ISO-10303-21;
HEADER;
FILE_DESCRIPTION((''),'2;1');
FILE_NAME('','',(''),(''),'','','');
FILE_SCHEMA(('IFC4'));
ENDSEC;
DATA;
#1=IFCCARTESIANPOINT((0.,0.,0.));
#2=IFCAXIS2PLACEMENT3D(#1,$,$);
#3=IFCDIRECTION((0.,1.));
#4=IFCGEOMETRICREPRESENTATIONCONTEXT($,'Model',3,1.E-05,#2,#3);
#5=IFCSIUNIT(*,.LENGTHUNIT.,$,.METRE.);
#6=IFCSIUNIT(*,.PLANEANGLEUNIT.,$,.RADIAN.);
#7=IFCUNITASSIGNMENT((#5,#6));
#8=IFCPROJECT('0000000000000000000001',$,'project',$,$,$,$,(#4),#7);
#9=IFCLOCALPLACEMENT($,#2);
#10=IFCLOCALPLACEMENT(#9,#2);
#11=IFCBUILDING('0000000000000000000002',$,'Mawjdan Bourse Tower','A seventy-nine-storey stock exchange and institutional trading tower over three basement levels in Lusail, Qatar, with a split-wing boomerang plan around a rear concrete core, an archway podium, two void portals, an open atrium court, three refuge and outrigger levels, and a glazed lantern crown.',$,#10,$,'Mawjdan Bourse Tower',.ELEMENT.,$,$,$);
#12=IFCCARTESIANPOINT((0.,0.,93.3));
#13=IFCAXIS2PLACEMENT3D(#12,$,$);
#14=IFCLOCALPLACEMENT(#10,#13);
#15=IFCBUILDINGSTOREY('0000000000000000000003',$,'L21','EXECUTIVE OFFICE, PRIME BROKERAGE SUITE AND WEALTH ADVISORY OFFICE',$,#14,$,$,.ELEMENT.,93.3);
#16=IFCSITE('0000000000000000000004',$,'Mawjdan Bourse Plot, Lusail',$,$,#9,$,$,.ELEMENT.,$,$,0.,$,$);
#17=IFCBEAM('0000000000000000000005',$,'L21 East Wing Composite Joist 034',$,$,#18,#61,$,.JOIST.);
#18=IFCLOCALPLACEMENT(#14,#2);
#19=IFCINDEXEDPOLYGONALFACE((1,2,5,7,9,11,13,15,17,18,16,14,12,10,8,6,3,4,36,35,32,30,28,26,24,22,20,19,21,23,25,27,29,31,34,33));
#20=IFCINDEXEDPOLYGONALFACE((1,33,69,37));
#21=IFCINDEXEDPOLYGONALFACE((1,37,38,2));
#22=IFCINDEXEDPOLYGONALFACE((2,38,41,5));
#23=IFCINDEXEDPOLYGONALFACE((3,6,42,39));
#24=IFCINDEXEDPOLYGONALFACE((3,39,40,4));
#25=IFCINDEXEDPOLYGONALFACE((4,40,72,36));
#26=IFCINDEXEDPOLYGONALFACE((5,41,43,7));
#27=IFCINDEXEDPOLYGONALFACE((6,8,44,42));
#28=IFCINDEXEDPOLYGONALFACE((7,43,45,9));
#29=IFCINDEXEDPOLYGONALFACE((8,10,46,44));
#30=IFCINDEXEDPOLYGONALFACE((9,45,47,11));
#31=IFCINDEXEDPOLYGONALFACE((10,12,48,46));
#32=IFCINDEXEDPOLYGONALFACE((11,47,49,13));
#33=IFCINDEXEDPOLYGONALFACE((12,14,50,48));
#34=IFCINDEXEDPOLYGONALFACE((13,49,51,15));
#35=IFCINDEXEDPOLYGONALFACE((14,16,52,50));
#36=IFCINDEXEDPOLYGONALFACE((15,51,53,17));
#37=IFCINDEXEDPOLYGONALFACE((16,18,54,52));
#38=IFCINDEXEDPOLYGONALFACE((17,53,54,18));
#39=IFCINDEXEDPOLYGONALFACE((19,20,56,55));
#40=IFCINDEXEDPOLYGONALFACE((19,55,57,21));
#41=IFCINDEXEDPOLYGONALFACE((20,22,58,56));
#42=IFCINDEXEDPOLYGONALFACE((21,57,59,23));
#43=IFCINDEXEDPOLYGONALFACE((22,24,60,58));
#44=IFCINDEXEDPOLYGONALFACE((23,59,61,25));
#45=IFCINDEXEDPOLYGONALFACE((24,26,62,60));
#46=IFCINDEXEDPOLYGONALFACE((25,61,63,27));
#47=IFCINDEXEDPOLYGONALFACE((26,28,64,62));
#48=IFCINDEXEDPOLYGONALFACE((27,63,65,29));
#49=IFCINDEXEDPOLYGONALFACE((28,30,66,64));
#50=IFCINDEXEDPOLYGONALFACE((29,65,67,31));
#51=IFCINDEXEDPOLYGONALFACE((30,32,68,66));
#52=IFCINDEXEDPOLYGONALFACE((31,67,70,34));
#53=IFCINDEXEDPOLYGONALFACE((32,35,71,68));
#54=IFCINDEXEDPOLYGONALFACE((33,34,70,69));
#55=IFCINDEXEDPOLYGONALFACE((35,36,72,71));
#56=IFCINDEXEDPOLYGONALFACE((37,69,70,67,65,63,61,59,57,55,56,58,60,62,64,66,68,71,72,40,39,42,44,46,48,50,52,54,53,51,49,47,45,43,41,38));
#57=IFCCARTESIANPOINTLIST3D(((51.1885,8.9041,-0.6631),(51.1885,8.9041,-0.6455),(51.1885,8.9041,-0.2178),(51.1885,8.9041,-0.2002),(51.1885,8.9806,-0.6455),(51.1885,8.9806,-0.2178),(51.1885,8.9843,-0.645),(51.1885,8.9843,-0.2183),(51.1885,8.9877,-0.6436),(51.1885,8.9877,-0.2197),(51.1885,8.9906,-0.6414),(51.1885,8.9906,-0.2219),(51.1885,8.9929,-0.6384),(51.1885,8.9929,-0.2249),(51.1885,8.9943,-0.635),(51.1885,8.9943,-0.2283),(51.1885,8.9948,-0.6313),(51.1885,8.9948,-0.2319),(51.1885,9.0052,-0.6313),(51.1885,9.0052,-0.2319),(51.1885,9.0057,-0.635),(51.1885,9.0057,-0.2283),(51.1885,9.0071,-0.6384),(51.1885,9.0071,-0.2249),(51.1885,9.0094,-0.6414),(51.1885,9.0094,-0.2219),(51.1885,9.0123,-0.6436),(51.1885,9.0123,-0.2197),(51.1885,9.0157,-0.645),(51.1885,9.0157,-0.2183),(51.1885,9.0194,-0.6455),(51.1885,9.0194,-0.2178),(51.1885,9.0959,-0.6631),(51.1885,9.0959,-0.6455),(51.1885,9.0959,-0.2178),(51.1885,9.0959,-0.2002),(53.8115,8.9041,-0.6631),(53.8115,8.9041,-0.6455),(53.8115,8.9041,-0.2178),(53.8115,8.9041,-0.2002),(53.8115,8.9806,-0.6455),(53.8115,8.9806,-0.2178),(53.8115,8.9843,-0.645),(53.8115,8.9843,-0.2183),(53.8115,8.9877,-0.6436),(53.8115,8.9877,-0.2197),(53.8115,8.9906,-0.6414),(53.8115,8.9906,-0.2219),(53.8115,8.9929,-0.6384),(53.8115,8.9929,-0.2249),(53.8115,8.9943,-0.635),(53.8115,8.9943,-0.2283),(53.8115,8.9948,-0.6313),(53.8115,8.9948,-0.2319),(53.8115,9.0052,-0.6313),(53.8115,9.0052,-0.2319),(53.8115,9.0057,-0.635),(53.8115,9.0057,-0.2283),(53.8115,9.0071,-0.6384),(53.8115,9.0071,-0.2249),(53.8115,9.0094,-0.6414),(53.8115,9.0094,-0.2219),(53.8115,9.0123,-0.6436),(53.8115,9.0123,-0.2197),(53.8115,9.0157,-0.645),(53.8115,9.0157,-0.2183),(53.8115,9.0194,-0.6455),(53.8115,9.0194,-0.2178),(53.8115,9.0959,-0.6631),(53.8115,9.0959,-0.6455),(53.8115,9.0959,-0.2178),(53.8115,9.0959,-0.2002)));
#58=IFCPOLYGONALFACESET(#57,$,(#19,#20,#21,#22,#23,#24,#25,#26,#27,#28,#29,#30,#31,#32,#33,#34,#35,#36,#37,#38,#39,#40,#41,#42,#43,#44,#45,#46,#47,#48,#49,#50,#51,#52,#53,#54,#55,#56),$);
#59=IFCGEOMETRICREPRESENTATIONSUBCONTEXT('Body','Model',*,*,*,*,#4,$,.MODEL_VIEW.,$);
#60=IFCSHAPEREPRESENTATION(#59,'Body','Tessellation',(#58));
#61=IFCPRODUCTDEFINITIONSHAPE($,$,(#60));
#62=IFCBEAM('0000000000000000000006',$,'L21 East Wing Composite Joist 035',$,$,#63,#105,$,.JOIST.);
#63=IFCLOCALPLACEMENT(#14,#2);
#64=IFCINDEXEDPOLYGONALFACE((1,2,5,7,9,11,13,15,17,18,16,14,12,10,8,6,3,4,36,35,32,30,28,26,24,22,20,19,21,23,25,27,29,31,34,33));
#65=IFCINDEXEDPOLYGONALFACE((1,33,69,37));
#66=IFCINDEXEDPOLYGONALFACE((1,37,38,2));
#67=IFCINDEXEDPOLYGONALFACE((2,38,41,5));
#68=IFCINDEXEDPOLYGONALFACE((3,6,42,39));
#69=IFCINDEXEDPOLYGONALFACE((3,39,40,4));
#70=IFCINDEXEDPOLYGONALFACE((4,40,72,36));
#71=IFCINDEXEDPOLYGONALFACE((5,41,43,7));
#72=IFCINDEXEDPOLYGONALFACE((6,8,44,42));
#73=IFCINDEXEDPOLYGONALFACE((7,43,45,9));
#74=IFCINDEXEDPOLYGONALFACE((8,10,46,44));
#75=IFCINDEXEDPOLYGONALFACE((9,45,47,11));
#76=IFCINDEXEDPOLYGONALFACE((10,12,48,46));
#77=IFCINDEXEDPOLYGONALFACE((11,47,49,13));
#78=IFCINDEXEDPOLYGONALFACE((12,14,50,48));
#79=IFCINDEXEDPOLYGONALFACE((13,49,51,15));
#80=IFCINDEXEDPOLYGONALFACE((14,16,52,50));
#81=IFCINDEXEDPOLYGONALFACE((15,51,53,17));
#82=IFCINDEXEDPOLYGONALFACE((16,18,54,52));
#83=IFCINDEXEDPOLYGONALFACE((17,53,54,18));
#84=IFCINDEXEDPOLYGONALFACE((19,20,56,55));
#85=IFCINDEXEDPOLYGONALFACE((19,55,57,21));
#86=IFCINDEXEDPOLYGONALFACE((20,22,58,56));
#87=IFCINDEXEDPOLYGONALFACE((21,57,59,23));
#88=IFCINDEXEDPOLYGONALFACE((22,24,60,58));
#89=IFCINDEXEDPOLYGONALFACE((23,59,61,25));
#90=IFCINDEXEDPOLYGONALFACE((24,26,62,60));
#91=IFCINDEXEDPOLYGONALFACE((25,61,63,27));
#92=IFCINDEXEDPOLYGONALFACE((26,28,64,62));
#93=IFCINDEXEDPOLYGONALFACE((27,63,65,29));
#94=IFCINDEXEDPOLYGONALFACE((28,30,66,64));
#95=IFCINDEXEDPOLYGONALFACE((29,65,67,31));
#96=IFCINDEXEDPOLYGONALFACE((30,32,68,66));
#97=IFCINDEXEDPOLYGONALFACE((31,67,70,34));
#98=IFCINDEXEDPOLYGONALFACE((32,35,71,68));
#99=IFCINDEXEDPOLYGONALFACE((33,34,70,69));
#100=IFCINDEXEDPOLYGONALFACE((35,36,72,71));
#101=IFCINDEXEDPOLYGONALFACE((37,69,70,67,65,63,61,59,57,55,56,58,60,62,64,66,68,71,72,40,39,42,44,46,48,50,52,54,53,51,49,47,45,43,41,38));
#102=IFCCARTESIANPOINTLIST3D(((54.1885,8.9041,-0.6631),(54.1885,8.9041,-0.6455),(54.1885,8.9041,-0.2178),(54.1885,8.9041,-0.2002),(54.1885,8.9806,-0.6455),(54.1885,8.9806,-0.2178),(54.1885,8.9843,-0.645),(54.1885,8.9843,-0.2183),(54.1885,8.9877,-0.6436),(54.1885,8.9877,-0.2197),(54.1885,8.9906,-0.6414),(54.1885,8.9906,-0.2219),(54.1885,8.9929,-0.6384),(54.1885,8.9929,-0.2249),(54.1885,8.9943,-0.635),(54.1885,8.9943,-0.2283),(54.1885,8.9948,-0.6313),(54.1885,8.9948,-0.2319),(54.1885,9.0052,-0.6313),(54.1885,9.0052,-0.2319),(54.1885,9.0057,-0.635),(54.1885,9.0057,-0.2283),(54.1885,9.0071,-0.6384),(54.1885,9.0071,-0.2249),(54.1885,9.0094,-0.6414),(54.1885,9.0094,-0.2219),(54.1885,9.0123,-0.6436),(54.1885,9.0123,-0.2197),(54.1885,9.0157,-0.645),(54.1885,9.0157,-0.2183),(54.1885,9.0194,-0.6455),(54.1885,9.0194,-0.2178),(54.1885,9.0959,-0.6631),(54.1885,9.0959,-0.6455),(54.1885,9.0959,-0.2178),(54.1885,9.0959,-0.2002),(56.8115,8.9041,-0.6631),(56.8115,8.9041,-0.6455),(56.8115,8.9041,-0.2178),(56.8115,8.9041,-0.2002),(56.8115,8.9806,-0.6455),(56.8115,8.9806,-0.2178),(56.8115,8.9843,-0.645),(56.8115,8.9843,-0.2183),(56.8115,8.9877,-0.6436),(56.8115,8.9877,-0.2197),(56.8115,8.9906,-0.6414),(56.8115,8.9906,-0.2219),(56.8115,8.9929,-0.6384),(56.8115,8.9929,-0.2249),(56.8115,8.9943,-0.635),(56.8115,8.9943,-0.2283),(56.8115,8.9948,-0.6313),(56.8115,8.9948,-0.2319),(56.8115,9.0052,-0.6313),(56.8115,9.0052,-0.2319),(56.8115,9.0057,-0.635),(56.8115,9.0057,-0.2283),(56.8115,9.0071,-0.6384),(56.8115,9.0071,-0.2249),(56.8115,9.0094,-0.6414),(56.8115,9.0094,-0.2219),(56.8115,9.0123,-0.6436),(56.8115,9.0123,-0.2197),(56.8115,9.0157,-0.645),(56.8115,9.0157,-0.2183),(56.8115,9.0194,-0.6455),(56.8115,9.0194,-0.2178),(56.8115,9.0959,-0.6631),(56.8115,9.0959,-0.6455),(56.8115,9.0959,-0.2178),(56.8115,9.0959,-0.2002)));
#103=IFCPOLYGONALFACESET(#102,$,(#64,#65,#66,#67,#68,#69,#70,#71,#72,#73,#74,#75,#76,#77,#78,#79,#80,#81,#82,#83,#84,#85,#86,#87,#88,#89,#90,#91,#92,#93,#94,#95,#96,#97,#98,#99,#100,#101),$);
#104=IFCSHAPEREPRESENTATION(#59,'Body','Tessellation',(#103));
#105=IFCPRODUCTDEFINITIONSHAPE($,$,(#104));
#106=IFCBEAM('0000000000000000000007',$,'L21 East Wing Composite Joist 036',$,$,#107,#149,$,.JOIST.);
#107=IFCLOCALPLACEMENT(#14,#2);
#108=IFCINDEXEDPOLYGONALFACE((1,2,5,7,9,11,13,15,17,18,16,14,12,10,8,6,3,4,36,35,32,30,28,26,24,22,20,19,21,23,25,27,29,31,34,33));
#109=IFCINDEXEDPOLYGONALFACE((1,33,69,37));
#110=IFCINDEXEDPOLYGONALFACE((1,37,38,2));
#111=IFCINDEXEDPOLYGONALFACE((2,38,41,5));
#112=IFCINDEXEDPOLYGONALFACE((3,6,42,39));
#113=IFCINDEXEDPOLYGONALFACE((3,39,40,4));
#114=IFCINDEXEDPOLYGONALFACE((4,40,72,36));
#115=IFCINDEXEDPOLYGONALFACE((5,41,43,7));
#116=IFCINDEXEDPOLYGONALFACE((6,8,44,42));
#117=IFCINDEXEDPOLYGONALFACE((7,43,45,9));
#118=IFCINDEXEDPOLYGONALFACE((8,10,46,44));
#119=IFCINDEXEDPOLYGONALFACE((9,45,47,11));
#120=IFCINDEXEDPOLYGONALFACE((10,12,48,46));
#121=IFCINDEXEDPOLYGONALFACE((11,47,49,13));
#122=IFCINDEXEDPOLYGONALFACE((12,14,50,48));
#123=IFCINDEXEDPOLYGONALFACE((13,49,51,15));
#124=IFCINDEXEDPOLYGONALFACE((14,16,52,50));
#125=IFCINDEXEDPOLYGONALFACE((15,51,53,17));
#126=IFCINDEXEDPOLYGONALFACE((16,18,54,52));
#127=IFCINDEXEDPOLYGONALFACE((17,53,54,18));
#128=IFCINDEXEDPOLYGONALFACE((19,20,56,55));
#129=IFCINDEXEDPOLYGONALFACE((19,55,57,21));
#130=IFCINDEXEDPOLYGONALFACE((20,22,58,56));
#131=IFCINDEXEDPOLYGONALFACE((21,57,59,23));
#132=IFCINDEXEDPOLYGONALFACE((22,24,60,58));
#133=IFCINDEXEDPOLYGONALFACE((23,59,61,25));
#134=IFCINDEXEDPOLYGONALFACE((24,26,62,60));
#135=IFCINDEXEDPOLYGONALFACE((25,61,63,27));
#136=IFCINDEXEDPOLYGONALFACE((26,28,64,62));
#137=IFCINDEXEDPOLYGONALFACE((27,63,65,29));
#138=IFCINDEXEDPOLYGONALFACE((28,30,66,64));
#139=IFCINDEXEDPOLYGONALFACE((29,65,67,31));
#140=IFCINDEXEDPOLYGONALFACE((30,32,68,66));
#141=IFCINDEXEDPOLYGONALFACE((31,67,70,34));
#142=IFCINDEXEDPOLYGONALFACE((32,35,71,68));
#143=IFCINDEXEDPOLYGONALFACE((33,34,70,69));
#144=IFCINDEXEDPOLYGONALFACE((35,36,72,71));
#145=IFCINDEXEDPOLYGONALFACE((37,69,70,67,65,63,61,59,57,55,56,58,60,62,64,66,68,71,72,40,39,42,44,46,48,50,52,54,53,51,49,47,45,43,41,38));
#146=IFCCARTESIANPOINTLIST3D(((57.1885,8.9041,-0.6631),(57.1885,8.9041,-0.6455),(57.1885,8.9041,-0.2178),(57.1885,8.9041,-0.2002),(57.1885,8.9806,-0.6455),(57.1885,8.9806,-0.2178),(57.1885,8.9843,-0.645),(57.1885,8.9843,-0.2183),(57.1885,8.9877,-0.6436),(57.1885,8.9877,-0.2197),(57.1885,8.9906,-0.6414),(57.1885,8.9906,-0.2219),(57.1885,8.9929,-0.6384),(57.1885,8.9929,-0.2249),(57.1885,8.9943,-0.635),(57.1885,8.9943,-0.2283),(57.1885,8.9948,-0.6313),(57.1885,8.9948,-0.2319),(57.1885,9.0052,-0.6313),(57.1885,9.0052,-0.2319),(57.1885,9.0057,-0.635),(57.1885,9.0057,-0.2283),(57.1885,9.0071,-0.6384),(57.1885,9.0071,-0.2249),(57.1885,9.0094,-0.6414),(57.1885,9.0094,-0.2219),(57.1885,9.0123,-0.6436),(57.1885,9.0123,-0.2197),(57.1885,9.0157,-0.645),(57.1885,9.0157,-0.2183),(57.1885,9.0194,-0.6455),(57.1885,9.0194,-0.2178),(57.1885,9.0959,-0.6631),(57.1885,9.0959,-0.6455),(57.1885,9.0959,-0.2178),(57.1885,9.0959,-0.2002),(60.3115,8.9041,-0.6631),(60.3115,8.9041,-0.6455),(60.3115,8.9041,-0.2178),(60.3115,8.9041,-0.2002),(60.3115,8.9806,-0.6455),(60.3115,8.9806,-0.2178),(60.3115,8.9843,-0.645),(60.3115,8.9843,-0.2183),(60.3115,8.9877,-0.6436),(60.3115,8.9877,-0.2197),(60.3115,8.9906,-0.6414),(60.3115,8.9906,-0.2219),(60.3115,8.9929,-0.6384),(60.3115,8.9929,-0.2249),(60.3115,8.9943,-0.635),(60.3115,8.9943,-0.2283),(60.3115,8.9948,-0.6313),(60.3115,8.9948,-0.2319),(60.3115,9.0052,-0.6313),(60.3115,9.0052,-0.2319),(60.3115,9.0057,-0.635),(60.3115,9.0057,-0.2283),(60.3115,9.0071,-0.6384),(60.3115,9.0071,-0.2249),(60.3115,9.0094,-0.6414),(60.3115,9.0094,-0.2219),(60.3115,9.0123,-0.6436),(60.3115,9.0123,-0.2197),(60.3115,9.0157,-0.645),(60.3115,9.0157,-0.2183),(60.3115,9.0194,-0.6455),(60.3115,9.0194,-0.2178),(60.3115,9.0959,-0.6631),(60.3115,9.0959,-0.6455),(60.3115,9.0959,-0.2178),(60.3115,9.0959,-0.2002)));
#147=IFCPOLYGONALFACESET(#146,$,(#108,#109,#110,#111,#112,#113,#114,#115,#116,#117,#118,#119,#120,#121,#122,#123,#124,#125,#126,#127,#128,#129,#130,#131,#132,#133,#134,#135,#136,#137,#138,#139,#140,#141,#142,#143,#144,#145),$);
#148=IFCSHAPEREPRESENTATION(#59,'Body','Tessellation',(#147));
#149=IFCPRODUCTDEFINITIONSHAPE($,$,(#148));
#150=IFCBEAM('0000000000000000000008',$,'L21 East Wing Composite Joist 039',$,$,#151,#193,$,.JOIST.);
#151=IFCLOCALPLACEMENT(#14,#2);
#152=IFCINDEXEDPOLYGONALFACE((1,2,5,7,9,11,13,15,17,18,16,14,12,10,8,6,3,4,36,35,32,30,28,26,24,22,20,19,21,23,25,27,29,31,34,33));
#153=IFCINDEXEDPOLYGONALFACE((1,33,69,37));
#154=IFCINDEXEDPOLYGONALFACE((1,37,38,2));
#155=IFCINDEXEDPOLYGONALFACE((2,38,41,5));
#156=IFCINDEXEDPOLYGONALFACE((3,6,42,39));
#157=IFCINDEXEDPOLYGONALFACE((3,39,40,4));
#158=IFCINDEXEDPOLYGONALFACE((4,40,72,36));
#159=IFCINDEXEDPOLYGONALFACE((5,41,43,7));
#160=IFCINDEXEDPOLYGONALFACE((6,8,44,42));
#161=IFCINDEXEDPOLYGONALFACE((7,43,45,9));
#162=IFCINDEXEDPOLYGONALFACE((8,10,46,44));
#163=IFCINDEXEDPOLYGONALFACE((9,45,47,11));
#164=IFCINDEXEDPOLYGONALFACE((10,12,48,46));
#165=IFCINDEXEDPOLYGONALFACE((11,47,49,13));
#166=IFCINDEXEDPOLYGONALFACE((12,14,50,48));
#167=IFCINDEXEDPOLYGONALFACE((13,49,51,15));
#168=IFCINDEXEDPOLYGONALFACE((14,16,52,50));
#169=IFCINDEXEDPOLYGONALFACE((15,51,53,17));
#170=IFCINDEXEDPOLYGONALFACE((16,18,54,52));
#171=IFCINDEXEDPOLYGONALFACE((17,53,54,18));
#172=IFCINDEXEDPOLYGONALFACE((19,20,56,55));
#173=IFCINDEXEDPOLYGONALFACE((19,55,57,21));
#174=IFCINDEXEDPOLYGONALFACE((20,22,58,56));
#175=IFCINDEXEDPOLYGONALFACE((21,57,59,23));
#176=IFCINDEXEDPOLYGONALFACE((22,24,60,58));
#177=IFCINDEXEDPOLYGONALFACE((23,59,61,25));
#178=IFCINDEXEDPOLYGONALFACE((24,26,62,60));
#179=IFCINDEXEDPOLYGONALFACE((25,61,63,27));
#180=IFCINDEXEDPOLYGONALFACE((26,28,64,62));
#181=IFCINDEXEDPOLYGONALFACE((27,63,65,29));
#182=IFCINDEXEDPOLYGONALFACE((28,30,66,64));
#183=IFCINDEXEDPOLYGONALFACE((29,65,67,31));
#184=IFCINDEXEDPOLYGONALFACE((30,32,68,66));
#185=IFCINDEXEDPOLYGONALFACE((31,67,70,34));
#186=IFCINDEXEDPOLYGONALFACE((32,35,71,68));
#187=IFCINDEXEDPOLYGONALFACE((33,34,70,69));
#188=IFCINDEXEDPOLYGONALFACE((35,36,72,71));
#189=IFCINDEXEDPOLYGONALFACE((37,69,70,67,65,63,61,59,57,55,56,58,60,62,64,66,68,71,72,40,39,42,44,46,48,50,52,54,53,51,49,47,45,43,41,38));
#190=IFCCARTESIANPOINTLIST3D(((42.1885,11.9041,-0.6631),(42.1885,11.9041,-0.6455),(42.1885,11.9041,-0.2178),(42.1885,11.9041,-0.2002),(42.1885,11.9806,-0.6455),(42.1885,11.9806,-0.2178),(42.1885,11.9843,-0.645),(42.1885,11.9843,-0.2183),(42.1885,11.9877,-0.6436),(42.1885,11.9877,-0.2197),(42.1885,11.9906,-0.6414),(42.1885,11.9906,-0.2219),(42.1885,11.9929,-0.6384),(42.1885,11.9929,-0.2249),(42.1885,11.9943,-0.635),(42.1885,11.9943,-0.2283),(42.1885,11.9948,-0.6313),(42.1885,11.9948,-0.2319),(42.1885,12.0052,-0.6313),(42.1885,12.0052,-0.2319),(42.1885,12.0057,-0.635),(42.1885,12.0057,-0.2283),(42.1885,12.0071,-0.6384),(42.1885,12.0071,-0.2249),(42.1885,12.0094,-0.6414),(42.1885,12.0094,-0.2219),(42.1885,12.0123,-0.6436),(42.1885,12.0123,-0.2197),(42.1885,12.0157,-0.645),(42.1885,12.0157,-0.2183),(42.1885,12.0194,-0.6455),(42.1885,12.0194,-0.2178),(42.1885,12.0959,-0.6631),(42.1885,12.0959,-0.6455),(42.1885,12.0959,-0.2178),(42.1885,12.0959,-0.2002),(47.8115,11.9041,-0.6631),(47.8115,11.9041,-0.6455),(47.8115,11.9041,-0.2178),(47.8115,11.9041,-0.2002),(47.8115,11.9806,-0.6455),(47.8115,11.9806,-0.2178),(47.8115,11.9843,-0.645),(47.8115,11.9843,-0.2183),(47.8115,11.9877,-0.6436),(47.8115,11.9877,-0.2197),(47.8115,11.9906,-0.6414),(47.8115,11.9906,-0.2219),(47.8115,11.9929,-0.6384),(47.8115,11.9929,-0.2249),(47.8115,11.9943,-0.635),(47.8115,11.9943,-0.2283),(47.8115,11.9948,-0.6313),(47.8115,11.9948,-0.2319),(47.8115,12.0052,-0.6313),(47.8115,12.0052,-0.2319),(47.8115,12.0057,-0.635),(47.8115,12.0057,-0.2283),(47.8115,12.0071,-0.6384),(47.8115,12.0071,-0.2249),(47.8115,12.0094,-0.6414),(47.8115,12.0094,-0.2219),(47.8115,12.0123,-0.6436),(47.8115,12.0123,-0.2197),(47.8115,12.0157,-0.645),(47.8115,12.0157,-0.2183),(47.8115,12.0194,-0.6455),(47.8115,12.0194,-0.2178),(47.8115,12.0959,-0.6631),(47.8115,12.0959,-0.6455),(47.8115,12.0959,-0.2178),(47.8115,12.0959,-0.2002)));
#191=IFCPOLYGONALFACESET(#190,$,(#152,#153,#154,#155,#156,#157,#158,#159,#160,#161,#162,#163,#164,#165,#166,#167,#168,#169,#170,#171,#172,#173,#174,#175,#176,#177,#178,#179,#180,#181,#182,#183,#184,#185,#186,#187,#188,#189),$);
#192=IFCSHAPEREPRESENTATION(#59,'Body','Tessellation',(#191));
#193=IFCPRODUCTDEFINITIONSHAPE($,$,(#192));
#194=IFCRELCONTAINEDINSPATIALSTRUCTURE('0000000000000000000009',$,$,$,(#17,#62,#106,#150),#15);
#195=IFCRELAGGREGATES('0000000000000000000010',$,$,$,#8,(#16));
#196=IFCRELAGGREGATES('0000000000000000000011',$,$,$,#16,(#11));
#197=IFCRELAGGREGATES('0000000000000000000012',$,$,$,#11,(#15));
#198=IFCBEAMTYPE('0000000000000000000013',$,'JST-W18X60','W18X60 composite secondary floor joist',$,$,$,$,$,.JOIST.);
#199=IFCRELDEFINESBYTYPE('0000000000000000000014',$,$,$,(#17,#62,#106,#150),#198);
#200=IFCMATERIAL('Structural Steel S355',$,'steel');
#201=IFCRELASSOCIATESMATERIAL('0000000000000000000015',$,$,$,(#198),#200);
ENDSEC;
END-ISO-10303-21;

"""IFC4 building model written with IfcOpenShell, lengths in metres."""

from ifc_helpers import new_model, si_unit, direction, frame, origin, origin_2d, place, context, subcontext, project, spatial, i_section, extrude, material, material_profile, profile_set, type_object, element, save


model = new_model("IFC4")

# Units and contexts
model_context = context("Model", 3, precision=1e-05, world=origin(), true_north=direction((0.0, 1.0)))
body_context = subcontext(model_context, "Body", "Model", "MODEL_VIEW")
ifc_project = project(units=[si_unit("LENGTHUNIT", "METRE"), si_unit("PLANEANGLEUNIT", "RADIAN")], contexts=[model_context])

# Site, building, storey
site_placement = place(None, origin())
site = spatial("IfcSite", under=ifc_project, at=site_placement, Name="Mawjdan Bourse Plot, Lusail", CompositionType="ELEMENT", RefElevation=0.0)
building_placement = place(site_placement, origin())
building = spatial("IfcBuilding", under=site, at=building_placement, Name="Mawjdan Bourse Tower", Description="A seventy-nine-storey stock exchange and institutional trading tower over three basement levels in Lusail, Qatar, with a split-wing boomerang plan around a rear concrete core, an archway podium, two void portals, an open atrium court, three refuge and outrigger levels, and a glazed lantern crown.", LongName="Mawjdan Bourse Tower", CompositionType="ELEMENT")
storey_placement = place(building_placement, frame((0.0, 0.0, 93.3)))
storey = spatial("IfcBuildingStorey", under=building, at=storey_placement, Name="L21", Description="EXECUTIVE OFFICE, PRIME BROKERAGE SUITE AND WEALTH ADVISORY OFFICE", CompositionType="ELEMENT", Elevation=93.3)

# Beams
ifc_material_1 = material(Name="Structural Steel S355", Category="steel")
ifc_material_profile_1 = material_profile(ifc_material_1, i_section(OverallWidth=0.1919, OverallDepth=0.4629, WebThickness=0.0105, FlangeThickness=0.0176, FilletRadius=0.0142, at=origin_2d()), Name="W18X60")
ifc_profile_set_1 = profile_set([ifc_material_profile_1], Name="Structural Steel S355")
beam_type_1 = type_object("IfcBeamType", Name="JST-W18X60", Description="W18X60 composite secondary floor joist", PredefinedType="JOIST", material=ifc_profile_set_1)
for number, where, z_axis, x_axis, name in (
    (1, (51.1885, 9.0, -0.4316), (1.0, 0.0, 0.0), (0.0, 1.0, 0.0), "L21 East Wing Composite Joist 034"),
    (2, (54.1885, 9.0, -0.4316), (1.0, 0.0, 0.0), (0.0, 1.0, 0.0), "L21 East Wing Composite Joist 035"),
):
    element("IfcBeam", number, at=place(storey_placement, frame(where, z_axis=z_axis, x_axis=x_axis)), inside=storey, type_object=beam_type_1, Name=name, PredefinedType="JOIST", context=body_context, shape_type="SweptSolid", body=[
        extrude(i_section(OverallWidth=0.1919, OverallDepth=0.4629, WebThickness=0.0105, FlangeThickness=0.0176, FilletRadius=0.0142, at=origin_2d()), origin(), (0.0, 0.0, 1.0), 2.623),
    ])
beam_1_placement = place(storey_placement, frame((57.1885, 9.0, -0.4316), z_axis=(1.0, 0.0, 0.0), x_axis=(0.0, 1.0, 0.0)))
element("IfcBeam", 3, at=beam_1_placement, inside=storey, type_object=beam_type_1, Name="L21 East Wing Composite Joist 036", PredefinedType="JOIST", context=body_context, shape_type="SweptSolid", body=[
    extrude(i_section(OverallWidth=0.1919, OverallDepth=0.4629, WebThickness=0.0105, FlangeThickness=0.0176, FilletRadius=0.0142, at=origin_2d()), origin(), (0.0, 0.0, 1.0), 3.123),
])
beam_2_placement = place(storey_placement, frame((42.1885, 12.0, -0.4316), z_axis=(1.0, 0.0, 0.0), x_axis=(0.0, 1.0, 0.0)))
element("IfcBeam", 4, at=beam_2_placement, inside=storey, type_object=beam_type_1, Name="L21 East Wing Composite Joist 039", PredefinedType="JOIST", context=body_context, shape_type="SweptSolid", body=[
    extrude(i_section(OverallWidth=0.1919, OverallDepth=0.4629, WebThickness=0.0105, FlangeThickness=0.0176, FilletRadius=0.0142, at=origin_2d()), origin(), (0.0, 0.0, 1.0), 5.623),
])

save(model, "model.ifc")
